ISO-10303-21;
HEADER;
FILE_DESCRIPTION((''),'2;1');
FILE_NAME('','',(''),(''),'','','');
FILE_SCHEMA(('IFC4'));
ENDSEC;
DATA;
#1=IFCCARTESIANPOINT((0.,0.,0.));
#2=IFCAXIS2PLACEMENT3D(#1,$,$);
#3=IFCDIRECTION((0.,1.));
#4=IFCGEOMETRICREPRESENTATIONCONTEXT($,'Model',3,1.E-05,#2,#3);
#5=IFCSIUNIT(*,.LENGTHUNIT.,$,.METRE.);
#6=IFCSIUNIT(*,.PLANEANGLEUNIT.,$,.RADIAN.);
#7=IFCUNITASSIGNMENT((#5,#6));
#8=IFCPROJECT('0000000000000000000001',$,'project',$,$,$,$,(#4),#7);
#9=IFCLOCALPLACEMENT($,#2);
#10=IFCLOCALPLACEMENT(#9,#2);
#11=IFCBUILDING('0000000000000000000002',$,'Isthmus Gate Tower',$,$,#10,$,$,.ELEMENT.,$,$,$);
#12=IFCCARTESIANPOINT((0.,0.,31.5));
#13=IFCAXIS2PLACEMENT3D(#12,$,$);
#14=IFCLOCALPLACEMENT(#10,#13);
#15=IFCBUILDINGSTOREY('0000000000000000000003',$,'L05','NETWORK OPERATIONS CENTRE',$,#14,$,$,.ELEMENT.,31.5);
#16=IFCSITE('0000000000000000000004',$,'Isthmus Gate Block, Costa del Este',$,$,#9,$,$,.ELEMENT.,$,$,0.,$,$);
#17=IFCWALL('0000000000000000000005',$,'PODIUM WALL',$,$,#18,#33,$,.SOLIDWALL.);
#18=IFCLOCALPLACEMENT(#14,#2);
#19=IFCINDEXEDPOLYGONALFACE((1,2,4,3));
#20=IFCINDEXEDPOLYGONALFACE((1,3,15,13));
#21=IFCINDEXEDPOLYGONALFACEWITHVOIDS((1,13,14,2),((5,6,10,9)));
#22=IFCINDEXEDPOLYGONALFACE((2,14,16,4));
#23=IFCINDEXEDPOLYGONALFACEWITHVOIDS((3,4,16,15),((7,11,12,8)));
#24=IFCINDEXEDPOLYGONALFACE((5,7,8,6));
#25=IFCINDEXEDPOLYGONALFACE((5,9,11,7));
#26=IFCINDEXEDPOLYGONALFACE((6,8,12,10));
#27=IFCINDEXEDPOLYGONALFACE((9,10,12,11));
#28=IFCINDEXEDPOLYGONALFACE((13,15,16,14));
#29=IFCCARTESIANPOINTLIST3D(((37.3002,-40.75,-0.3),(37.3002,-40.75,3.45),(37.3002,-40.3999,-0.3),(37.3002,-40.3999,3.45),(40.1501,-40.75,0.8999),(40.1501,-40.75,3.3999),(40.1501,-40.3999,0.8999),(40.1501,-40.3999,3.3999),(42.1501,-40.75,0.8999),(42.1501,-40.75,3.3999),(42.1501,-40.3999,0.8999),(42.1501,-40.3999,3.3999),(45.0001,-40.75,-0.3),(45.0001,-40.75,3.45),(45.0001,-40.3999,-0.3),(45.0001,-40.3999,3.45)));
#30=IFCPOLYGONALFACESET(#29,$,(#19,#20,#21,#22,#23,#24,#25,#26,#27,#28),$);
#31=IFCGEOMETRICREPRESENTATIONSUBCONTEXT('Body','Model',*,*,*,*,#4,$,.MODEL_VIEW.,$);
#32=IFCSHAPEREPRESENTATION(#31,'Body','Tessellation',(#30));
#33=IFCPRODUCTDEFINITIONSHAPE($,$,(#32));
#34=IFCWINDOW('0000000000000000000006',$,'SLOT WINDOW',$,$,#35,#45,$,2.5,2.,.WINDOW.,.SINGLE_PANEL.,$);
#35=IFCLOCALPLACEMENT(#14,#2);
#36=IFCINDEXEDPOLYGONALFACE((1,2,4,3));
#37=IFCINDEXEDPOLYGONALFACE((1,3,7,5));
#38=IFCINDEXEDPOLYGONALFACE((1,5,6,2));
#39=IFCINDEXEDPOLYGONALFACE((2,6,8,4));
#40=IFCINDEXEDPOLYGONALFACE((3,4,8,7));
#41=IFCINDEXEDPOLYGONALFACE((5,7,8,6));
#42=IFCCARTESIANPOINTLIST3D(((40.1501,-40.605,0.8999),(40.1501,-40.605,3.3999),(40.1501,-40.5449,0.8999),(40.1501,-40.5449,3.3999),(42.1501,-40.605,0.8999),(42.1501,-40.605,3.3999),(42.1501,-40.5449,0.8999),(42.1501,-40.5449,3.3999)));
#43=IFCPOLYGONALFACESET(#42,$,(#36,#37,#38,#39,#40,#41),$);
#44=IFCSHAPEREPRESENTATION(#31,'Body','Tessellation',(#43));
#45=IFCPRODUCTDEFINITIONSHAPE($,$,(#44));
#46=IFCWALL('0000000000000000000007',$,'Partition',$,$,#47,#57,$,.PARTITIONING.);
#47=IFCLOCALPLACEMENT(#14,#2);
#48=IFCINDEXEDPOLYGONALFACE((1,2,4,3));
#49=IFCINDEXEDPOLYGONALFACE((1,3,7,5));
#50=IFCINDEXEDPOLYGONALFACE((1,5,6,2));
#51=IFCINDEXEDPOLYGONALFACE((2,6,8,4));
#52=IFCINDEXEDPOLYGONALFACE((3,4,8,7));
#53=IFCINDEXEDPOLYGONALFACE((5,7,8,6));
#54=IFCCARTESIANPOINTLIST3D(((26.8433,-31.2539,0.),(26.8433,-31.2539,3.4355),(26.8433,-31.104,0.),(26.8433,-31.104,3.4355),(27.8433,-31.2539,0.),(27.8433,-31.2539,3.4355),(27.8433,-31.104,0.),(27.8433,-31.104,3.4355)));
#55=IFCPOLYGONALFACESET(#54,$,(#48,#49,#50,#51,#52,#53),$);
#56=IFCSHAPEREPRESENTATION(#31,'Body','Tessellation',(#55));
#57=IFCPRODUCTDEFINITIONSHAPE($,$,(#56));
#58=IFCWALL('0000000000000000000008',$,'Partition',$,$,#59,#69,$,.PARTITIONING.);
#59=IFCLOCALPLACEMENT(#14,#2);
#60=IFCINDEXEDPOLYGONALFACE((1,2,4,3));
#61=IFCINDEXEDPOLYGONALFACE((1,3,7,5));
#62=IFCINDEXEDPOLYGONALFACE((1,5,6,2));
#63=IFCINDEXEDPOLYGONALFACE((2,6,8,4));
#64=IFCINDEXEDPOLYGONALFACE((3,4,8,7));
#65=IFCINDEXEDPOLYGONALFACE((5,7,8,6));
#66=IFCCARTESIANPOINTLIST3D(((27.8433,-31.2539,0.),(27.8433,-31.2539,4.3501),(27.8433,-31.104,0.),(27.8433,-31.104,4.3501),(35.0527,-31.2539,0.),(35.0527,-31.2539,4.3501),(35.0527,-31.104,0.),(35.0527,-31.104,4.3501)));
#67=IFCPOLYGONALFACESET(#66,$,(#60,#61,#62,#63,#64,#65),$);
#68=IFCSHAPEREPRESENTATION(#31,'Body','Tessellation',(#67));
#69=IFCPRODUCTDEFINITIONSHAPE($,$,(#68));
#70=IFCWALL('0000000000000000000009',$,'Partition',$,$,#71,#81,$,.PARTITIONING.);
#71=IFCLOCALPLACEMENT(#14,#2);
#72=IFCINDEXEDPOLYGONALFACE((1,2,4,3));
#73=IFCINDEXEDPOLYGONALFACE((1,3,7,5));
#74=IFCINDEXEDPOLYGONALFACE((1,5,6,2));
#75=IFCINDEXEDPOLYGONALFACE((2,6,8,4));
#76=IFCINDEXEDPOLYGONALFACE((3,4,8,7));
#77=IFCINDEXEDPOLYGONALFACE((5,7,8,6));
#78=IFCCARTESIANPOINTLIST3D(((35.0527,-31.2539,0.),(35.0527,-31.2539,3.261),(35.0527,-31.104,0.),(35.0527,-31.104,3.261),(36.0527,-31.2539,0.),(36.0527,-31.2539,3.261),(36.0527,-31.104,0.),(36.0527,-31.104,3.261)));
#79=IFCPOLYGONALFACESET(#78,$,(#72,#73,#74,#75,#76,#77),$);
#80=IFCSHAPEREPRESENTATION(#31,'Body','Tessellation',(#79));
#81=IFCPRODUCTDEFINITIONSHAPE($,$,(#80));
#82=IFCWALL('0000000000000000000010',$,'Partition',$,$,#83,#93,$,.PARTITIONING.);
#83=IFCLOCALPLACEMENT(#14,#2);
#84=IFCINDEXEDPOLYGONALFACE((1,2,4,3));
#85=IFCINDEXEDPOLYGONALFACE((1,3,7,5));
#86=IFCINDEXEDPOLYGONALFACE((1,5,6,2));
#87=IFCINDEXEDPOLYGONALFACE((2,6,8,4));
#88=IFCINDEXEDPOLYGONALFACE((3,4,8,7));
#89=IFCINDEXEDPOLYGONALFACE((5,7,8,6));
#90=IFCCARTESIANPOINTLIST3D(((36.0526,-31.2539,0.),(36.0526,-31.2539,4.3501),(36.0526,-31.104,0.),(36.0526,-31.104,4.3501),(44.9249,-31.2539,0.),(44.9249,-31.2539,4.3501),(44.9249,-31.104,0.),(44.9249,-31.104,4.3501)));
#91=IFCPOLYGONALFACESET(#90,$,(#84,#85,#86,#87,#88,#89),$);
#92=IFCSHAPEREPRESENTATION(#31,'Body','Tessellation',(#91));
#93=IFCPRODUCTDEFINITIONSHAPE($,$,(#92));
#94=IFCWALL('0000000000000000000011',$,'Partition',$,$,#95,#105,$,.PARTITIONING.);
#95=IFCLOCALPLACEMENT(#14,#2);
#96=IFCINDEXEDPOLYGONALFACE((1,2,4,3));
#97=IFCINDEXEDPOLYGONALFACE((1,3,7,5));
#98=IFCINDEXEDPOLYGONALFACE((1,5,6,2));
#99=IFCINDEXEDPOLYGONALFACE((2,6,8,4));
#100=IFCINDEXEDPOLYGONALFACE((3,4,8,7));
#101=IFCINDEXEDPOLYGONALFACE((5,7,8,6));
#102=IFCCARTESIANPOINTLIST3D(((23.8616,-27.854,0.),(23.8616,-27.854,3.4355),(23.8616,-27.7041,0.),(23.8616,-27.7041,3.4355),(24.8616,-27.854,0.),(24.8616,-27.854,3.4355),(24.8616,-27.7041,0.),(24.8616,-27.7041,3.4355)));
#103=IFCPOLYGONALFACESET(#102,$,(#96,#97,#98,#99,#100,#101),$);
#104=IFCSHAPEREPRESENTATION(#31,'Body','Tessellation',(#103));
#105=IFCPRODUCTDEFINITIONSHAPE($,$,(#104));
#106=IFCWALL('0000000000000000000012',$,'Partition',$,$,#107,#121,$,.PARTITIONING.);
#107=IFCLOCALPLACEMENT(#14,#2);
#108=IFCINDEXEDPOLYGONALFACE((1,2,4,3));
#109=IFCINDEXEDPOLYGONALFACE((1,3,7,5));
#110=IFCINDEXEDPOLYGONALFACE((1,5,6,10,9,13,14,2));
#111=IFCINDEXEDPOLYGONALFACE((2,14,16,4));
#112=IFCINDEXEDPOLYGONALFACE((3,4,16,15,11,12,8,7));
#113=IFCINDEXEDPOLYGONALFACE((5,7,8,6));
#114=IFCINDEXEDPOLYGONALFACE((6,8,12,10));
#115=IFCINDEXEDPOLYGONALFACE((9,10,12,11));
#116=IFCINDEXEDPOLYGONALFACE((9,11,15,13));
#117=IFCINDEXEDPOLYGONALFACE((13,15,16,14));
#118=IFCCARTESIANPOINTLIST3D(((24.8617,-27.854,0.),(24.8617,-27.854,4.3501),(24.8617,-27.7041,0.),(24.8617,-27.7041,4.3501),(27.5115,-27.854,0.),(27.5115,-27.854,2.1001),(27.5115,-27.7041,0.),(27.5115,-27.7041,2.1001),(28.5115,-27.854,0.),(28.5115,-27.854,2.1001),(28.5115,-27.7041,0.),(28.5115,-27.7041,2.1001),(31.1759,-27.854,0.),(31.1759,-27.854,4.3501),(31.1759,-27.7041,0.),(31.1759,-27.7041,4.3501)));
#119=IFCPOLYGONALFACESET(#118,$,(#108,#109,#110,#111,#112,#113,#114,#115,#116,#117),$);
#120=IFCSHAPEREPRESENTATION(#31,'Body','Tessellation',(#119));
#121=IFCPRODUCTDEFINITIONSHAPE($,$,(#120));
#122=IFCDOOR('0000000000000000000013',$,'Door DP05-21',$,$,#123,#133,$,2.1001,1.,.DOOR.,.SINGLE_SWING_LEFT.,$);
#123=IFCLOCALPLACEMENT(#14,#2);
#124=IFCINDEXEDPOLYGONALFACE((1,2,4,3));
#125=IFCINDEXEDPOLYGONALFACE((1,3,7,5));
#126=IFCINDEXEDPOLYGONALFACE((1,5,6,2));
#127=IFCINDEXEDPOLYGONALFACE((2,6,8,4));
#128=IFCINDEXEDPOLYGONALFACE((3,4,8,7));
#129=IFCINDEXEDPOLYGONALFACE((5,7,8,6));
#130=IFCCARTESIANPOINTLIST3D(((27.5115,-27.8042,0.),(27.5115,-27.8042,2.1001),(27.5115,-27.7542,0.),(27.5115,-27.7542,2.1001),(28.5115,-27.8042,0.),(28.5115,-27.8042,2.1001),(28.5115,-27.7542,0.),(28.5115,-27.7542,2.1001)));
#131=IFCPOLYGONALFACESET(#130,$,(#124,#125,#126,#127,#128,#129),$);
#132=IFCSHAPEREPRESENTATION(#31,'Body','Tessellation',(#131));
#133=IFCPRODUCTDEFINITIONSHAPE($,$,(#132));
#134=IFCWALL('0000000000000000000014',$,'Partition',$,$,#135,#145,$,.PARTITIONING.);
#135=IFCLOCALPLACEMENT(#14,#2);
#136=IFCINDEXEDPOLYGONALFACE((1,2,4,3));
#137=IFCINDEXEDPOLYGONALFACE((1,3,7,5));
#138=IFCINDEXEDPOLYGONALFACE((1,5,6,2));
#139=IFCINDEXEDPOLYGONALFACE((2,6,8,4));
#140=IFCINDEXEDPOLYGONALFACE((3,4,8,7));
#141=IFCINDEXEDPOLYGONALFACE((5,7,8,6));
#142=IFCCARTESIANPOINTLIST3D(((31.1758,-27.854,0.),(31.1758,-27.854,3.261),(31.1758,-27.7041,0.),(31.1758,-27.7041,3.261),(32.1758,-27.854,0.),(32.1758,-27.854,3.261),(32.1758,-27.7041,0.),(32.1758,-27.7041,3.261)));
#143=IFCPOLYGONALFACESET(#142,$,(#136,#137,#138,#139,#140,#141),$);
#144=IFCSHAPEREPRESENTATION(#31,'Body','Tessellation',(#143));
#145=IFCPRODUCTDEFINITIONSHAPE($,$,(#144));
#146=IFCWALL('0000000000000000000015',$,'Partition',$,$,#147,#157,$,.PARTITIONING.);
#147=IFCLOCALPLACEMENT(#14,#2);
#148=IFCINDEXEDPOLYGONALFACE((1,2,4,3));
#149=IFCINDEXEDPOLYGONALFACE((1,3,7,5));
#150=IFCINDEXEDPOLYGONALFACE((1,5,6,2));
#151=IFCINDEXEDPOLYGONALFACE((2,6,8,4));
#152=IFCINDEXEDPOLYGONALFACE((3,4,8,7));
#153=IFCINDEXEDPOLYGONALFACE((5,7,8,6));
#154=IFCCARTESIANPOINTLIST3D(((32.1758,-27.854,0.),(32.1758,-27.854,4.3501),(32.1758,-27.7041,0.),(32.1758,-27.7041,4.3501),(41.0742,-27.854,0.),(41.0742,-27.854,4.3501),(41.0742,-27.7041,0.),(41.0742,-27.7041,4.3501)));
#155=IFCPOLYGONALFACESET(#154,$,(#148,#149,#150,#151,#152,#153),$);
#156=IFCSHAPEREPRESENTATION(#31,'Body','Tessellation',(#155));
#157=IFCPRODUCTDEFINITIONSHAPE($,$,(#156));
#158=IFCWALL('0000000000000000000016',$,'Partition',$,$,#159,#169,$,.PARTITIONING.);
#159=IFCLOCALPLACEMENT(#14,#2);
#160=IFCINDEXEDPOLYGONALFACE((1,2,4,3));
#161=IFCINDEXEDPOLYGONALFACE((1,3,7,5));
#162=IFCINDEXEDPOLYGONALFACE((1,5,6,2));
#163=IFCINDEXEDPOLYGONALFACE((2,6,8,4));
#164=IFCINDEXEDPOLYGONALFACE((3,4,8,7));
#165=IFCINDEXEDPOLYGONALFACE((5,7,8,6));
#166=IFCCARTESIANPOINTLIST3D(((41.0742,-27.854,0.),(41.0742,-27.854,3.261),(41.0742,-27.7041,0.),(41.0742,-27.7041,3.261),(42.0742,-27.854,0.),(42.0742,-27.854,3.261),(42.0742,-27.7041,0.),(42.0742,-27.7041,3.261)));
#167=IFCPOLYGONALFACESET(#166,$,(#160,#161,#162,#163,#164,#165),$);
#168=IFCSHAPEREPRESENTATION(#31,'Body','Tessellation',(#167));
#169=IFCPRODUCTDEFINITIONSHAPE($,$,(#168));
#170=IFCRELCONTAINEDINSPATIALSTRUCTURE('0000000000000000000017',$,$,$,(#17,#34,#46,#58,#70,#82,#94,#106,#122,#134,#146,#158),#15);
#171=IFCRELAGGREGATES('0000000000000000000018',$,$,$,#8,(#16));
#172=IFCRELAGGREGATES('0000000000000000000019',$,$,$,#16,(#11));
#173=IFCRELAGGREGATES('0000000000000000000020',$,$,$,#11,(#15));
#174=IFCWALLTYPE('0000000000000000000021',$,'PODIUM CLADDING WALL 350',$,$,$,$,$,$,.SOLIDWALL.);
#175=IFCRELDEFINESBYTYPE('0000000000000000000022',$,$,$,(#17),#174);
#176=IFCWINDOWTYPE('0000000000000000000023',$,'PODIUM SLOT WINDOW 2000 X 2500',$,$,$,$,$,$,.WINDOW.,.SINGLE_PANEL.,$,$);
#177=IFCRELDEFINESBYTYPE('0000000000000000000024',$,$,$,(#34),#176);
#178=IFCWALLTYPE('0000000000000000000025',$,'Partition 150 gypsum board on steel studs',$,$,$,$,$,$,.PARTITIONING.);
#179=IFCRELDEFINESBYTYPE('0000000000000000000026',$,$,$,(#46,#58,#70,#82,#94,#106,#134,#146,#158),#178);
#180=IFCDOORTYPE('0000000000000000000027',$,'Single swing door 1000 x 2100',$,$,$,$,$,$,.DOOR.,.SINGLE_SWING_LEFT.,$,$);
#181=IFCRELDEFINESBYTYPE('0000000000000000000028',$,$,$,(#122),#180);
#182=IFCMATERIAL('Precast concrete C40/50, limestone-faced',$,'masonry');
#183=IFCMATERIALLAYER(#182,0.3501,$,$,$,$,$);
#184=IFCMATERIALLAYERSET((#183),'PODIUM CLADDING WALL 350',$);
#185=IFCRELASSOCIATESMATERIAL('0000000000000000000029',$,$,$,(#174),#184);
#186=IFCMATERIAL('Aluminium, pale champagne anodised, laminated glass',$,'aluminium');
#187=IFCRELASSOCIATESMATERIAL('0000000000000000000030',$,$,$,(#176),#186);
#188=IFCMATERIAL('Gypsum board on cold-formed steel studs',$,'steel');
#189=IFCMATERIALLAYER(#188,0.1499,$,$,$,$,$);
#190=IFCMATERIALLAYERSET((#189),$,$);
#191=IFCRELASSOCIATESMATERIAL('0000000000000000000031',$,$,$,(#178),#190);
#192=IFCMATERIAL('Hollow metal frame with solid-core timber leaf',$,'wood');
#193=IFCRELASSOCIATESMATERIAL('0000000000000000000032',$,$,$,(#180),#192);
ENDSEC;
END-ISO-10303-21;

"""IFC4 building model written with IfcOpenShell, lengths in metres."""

from ifc_helpers import new_model, si_unit, direction, frame, frame_2d, origin, place, context, subcontext, project, spatial, rectangle, extrude, material, layer, layer_set, type_object, element, fill, save


model = new_model("IFC4")

# Units and contexts
model_context = context("Model", 3, precision=1e-05, world=origin(), true_north=direction((0.0, 1.0)))
body_context = subcontext(model_context, "Body", "Model", "MODEL_VIEW")
ifc_project = project(units=[si_unit("LENGTHUNIT", "METRE"), si_unit("PLANEANGLEUNIT", "RADIAN")], contexts=[model_context])

# Site, building, storey
site_placement = place(None, origin())
site = spatial("IfcSite", under=ifc_project, at=site_placement, Name="Isthmus Gate Block, Costa del Este", CompositionType="ELEMENT", RefElevation=0.0)
building_placement = place(site_placement, origin())
building = spatial("IfcBuilding", under=site, at=building_placement, Name="Isthmus Gate Tower", CompositionType="ELEMENT")
storey_placement = place(building_placement, frame((0.0, 0.0, 31.5)))
storey = spatial("IfcBuildingStorey", under=building, at=storey_placement, Name="L05", Description="NETWORK OPERATIONS CENTRE", CompositionType="ELEMENT", Elevation=31.5)

# Wall, opening, window
ifc_material_1 = material(Name="Precast concrete C40/50, limestone-faced", Category="masonry")
ifc_layer_1 = layer(ifc_material_1, 0.3501)
ifc_layer_set_1 = layer_set([ifc_layer_1], Name="PODIUM CLADDING WALL 350")
wall_type_1 = type_object("IfcWallType", Name="PODIUM CLADDING WALL 350", PredefinedType="SOLIDWALL", material=ifc_layer_set_1)
ifc_material_2 = material(Name="Aluminium, pale champagne anodised, laminated glass", Category="aluminium")
window_type = type_object("IfcWindowType", Name="PODIUM SLOT WINDOW 2000 X 2500", PartitioningType="SINGLE_PANEL", PredefinedType="WINDOW", material=ifc_material_2)
wall_1_placement = place(storey_placement, frame((37.3, -40.575, -0.3), z_axis=(0.0, 0.0, 1.0), x_axis=(1.0, 0.0, 0.0)))
wall_1 = element("IfcWall", 1, at=wall_1_placement, inside=storey, type_object=wall_type_1, Name="PODIUM WALL", PredefinedType="SOLIDWALL", context=body_context, shape_type="SweptSolid", body=[
    extrude(rectangle(XDim=7.7, YDim=0.3501, at=frame_2d((3.8501, 0.0))), origin(), (0.0, 0.0, 1.0), 3.75),
])
opening_1_placement = place(wall_1_placement, frame((2.8501, 0.0, 1.2)))
opening_1 = element("IfcOpeningElement", 2, at=opening_1_placement, cuts=wall_1, PredefinedType="OPENING", context=body_context, shape_type="SweptSolid", body=[
    extrude(rectangle(XDim=2.0, YDim=2.5, at=frame_2d((1.0, 1.25))), frame((0.0, 0.1851, 0.0), z_axis=(0.0, -1.0, 0.0), x_axis=(1.0, 0.0, 0.0)), (0.0, 0.0, 1.0), 0.3701),
])
window_1_placement = place(opening_1_placement, origin())
window_1 = element("IfcWindow", 3, at=window_1_placement, inside=storey, type_object=window_type, Name="SLOT WINDOW", OverallHeight=2.5, OverallWidth=2.0, PartitioningType="SINGLE_PANEL", PredefinedType="WINDOW", context=body_context, shape_type="SweptSolid", body=[
    extrude(rectangle(XDim=2.0, YDim=2.5, at=frame_2d((1.0, 1.25))), frame((0.0, 0.03, 0.0), z_axis=(0.0, -1.0, 0.0), x_axis=(1.0, 0.0, 0.0)), (0.0, 0.0, 1.0), 0.0601),
])
fill(opening_1, window_1)

# Walls
ifc_material_3 = material(Name="Gypsum board on cold-formed steel studs", Category="steel")
ifc_layer_2 = layer(ifc_material_3, 0.1499)
ifc_layer_set_2 = layer_set([ifc_layer_2])
wall_type_2 = type_object("IfcWallType", Name="Partition 150 gypsum board on steel studs", PredefinedType="PARTITIONING", material=ifc_layer_set_2)
wall_2_placement = place(storey_placement, frame((26.8433, -31.179, 0.0), z_axis=(0.0, 0.0, 1.0), x_axis=(1.0, 0.0, 0.0)))
element("IfcWall", 4, at=wall_2_placement, inside=storey, type_object=wall_type_2, Name="Partition", PredefinedType="PARTITIONING", context=body_context, shape_type="SweptSolid", body=[
    extrude(rectangle(XDim=1.0, YDim=0.1499, at=frame_2d((0.5, 0.0))), origin(), (0.0, 0.0, 1.0), 3.4355),
])
wall_3_placement = place(storey_placement, frame((27.8433, -31.179, 0.0), z_axis=(0.0, 0.0, 1.0), x_axis=(1.0, 0.0, 0.0)))
element("IfcWall", 5, at=wall_3_placement, inside=storey, type_object=wall_type_2, Name="Partition", PredefinedType="PARTITIONING", context=body_context, shape_type="SweptSolid", body=[
    extrude(rectangle(XDim=7.2095, YDim=0.1499, at=frame_2d((3.6047, 0.0))), origin(), (0.0, 0.0, 1.0), 4.3501),
])
wall_4_placement = place(storey_placement, frame((35.0527, -31.179, 0.0), z_axis=(0.0, 0.0, 1.0), x_axis=(1.0, 0.0, 0.0)))
element("IfcWall", 6, at=wall_4_placement, inside=storey, type_object=wall_type_2, Name="Partition", PredefinedType="PARTITIONING", context=body_context, shape_type="SweptSolid", body=[
    extrude(rectangle(XDim=1.0, YDim=0.1499, at=frame_2d((0.5, 0.0))), origin(), (0.0, 0.0, 1.0), 3.261),
])
wall_5_placement = place(storey_placement, frame((36.0527, -31.179, 0.0), z_axis=(0.0, 0.0, 1.0), x_axis=(1.0, 0.0, 0.0)))
element("IfcWall", 7, at=wall_5_placement, inside=storey, type_object=wall_type_2, Name="Partition", PredefinedType="PARTITIONING", context=body_context, shape_type="SweptSolid", body=[
    extrude(rectangle(XDim=8.8723, YDim=0.1499, at=frame_2d((4.436, 0.0))), origin(), (0.0, 0.0, 1.0), 4.3501),
])
wall_6_placement = place(storey_placement, frame((23.8616, -27.7791, 0.0), z_axis=(0.0, 0.0, 1.0), x_axis=(1.0, 0.0, 0.0)))
element("IfcWall", 8, at=wall_6_placement, inside=storey, type_object=wall_type_2, Name="Partition", PredefinedType="PARTITIONING", context=body_context, shape_type="SweptSolid", body=[
    extrude(rectangle(XDim=1.0, YDim=0.1499, at=frame_2d((0.5, 0.0))), origin(), (0.0, 0.0, 1.0), 3.4355),
])

# Wall, opening, door
wall_7_placement = place(storey_placement, frame((24.8616, -27.7791, 0.0), z_axis=(0.0, 0.0, 1.0), x_axis=(1.0, 0.0, 0.0)))
wall_7 = element("IfcWall", 9, at=wall_7_placement, inside=storey, type_object=wall_type_2, Name="Partition", PredefinedType="PARTITIONING", context=body_context, shape_type="SweptSolid", body=[
    extrude(rectangle(XDim=6.3142, YDim=0.1499, at=frame_2d((3.1572, 0.0))), origin(), (0.0, 0.0, 1.0), 4.3501),
])
opening_2_placement = place(wall_7_placement, frame((2.6499, 0.0, 0.0)))
opening_2 = element("IfcOpeningElement", 10, at=opening_2_placement, cuts=wall_7, PredefinedType="OPENING", context=body_context, shape_type="SweptSolid", body=[
    extrude(rectangle(XDim=1.0, YDim=2.1001, at=frame_2d((0.5, 1.05))), frame((0.0, 0.085, 0.0), z_axis=(0.0, -1.0, 0.0), x_axis=(1.0, 0.0, 0.0)), (0.0, 0.0, 1.0), 0.1699),
])
ifc_material_4 = material(Name="Hollow metal frame with solid-core timber leaf", Category="wood")
door_type = type_object("IfcDoorType", Name="Single swing door 1000 x 2100", OperationType="SINGLE_SWING_LEFT", PredefinedType="DOOR", material=ifc_material_4)
door_1_placement = place(opening_2_placement, origin())
door_1 = element("IfcDoor", 11, at=door_1_placement, inside=storey, type_object=door_type, Name="Door DP05-21", OperationType="SINGLE_SWING_LEFT", OverallHeight=2.1001, OverallWidth=1.0, PredefinedType="DOOR", context=body_context, shape_type="SweptSolid", body=[
    extrude(rectangle(XDim=1.0, YDim=2.1001, at=frame_2d((0.5, 1.05))), frame((0.0, 0.0249, 0.0), z_axis=(0.0, -1.0, 0.0), x_axis=(1.0, 0.0, 0.0)), (0.0, 0.0, 1.0), 0.05),
])
fill(opening_2, door_1)

# Walls
wall_8_placement = place(storey_placement, frame((31.1758, -27.7791, 0.0), z_axis=(0.0, 0.0, 1.0), x_axis=(1.0, 0.0, 0.0)))
element("IfcWall", 12, at=wall_8_placement, inside=storey, type_object=wall_type_2, Name="Partition", PredefinedType="PARTITIONING", context=body_context, shape_type="SweptSolid", body=[
    extrude(rectangle(XDim=1.0, YDim=0.1499, at=frame_2d((0.5, 0.0))), origin(), (0.0, 0.0, 1.0), 3.261),
])
wall_9_placement = place(storey_placement, frame((32.1758, -27.7791, 0.0), z_axis=(0.0, 0.0, 1.0), x_axis=(1.0, 0.0, 0.0)))
element("IfcWall", 13, at=wall_9_placement, inside=storey, type_object=wall_type_2, Name="Partition", PredefinedType="PARTITIONING", context=body_context, shape_type="SweptSolid", body=[
    extrude(rectangle(XDim=8.8984, YDim=0.1499, at=frame_2d((4.4492, 0.0))), origin(), (0.0, 0.0, 1.0), 4.3501),
])
wall_10_placement = place(storey_placement, frame((41.0742, -27.7791, 0.0), z_axis=(0.0, 0.0, 1.0), x_axis=(1.0, 0.0, 0.0)))
element("IfcWall", 14, at=wall_10_placement, inside=storey, type_object=wall_type_2, Name="Partition", PredefinedType="PARTITIONING", context=body_context, shape_type="SweptSolid", body=[
    extrude(rectangle(XDim=1.0, YDim=0.1499, at=frame_2d((0.5, 0.0))), origin(), (0.0, 0.0, 1.0), 3.261),
])

save(model, "model.ifc")
